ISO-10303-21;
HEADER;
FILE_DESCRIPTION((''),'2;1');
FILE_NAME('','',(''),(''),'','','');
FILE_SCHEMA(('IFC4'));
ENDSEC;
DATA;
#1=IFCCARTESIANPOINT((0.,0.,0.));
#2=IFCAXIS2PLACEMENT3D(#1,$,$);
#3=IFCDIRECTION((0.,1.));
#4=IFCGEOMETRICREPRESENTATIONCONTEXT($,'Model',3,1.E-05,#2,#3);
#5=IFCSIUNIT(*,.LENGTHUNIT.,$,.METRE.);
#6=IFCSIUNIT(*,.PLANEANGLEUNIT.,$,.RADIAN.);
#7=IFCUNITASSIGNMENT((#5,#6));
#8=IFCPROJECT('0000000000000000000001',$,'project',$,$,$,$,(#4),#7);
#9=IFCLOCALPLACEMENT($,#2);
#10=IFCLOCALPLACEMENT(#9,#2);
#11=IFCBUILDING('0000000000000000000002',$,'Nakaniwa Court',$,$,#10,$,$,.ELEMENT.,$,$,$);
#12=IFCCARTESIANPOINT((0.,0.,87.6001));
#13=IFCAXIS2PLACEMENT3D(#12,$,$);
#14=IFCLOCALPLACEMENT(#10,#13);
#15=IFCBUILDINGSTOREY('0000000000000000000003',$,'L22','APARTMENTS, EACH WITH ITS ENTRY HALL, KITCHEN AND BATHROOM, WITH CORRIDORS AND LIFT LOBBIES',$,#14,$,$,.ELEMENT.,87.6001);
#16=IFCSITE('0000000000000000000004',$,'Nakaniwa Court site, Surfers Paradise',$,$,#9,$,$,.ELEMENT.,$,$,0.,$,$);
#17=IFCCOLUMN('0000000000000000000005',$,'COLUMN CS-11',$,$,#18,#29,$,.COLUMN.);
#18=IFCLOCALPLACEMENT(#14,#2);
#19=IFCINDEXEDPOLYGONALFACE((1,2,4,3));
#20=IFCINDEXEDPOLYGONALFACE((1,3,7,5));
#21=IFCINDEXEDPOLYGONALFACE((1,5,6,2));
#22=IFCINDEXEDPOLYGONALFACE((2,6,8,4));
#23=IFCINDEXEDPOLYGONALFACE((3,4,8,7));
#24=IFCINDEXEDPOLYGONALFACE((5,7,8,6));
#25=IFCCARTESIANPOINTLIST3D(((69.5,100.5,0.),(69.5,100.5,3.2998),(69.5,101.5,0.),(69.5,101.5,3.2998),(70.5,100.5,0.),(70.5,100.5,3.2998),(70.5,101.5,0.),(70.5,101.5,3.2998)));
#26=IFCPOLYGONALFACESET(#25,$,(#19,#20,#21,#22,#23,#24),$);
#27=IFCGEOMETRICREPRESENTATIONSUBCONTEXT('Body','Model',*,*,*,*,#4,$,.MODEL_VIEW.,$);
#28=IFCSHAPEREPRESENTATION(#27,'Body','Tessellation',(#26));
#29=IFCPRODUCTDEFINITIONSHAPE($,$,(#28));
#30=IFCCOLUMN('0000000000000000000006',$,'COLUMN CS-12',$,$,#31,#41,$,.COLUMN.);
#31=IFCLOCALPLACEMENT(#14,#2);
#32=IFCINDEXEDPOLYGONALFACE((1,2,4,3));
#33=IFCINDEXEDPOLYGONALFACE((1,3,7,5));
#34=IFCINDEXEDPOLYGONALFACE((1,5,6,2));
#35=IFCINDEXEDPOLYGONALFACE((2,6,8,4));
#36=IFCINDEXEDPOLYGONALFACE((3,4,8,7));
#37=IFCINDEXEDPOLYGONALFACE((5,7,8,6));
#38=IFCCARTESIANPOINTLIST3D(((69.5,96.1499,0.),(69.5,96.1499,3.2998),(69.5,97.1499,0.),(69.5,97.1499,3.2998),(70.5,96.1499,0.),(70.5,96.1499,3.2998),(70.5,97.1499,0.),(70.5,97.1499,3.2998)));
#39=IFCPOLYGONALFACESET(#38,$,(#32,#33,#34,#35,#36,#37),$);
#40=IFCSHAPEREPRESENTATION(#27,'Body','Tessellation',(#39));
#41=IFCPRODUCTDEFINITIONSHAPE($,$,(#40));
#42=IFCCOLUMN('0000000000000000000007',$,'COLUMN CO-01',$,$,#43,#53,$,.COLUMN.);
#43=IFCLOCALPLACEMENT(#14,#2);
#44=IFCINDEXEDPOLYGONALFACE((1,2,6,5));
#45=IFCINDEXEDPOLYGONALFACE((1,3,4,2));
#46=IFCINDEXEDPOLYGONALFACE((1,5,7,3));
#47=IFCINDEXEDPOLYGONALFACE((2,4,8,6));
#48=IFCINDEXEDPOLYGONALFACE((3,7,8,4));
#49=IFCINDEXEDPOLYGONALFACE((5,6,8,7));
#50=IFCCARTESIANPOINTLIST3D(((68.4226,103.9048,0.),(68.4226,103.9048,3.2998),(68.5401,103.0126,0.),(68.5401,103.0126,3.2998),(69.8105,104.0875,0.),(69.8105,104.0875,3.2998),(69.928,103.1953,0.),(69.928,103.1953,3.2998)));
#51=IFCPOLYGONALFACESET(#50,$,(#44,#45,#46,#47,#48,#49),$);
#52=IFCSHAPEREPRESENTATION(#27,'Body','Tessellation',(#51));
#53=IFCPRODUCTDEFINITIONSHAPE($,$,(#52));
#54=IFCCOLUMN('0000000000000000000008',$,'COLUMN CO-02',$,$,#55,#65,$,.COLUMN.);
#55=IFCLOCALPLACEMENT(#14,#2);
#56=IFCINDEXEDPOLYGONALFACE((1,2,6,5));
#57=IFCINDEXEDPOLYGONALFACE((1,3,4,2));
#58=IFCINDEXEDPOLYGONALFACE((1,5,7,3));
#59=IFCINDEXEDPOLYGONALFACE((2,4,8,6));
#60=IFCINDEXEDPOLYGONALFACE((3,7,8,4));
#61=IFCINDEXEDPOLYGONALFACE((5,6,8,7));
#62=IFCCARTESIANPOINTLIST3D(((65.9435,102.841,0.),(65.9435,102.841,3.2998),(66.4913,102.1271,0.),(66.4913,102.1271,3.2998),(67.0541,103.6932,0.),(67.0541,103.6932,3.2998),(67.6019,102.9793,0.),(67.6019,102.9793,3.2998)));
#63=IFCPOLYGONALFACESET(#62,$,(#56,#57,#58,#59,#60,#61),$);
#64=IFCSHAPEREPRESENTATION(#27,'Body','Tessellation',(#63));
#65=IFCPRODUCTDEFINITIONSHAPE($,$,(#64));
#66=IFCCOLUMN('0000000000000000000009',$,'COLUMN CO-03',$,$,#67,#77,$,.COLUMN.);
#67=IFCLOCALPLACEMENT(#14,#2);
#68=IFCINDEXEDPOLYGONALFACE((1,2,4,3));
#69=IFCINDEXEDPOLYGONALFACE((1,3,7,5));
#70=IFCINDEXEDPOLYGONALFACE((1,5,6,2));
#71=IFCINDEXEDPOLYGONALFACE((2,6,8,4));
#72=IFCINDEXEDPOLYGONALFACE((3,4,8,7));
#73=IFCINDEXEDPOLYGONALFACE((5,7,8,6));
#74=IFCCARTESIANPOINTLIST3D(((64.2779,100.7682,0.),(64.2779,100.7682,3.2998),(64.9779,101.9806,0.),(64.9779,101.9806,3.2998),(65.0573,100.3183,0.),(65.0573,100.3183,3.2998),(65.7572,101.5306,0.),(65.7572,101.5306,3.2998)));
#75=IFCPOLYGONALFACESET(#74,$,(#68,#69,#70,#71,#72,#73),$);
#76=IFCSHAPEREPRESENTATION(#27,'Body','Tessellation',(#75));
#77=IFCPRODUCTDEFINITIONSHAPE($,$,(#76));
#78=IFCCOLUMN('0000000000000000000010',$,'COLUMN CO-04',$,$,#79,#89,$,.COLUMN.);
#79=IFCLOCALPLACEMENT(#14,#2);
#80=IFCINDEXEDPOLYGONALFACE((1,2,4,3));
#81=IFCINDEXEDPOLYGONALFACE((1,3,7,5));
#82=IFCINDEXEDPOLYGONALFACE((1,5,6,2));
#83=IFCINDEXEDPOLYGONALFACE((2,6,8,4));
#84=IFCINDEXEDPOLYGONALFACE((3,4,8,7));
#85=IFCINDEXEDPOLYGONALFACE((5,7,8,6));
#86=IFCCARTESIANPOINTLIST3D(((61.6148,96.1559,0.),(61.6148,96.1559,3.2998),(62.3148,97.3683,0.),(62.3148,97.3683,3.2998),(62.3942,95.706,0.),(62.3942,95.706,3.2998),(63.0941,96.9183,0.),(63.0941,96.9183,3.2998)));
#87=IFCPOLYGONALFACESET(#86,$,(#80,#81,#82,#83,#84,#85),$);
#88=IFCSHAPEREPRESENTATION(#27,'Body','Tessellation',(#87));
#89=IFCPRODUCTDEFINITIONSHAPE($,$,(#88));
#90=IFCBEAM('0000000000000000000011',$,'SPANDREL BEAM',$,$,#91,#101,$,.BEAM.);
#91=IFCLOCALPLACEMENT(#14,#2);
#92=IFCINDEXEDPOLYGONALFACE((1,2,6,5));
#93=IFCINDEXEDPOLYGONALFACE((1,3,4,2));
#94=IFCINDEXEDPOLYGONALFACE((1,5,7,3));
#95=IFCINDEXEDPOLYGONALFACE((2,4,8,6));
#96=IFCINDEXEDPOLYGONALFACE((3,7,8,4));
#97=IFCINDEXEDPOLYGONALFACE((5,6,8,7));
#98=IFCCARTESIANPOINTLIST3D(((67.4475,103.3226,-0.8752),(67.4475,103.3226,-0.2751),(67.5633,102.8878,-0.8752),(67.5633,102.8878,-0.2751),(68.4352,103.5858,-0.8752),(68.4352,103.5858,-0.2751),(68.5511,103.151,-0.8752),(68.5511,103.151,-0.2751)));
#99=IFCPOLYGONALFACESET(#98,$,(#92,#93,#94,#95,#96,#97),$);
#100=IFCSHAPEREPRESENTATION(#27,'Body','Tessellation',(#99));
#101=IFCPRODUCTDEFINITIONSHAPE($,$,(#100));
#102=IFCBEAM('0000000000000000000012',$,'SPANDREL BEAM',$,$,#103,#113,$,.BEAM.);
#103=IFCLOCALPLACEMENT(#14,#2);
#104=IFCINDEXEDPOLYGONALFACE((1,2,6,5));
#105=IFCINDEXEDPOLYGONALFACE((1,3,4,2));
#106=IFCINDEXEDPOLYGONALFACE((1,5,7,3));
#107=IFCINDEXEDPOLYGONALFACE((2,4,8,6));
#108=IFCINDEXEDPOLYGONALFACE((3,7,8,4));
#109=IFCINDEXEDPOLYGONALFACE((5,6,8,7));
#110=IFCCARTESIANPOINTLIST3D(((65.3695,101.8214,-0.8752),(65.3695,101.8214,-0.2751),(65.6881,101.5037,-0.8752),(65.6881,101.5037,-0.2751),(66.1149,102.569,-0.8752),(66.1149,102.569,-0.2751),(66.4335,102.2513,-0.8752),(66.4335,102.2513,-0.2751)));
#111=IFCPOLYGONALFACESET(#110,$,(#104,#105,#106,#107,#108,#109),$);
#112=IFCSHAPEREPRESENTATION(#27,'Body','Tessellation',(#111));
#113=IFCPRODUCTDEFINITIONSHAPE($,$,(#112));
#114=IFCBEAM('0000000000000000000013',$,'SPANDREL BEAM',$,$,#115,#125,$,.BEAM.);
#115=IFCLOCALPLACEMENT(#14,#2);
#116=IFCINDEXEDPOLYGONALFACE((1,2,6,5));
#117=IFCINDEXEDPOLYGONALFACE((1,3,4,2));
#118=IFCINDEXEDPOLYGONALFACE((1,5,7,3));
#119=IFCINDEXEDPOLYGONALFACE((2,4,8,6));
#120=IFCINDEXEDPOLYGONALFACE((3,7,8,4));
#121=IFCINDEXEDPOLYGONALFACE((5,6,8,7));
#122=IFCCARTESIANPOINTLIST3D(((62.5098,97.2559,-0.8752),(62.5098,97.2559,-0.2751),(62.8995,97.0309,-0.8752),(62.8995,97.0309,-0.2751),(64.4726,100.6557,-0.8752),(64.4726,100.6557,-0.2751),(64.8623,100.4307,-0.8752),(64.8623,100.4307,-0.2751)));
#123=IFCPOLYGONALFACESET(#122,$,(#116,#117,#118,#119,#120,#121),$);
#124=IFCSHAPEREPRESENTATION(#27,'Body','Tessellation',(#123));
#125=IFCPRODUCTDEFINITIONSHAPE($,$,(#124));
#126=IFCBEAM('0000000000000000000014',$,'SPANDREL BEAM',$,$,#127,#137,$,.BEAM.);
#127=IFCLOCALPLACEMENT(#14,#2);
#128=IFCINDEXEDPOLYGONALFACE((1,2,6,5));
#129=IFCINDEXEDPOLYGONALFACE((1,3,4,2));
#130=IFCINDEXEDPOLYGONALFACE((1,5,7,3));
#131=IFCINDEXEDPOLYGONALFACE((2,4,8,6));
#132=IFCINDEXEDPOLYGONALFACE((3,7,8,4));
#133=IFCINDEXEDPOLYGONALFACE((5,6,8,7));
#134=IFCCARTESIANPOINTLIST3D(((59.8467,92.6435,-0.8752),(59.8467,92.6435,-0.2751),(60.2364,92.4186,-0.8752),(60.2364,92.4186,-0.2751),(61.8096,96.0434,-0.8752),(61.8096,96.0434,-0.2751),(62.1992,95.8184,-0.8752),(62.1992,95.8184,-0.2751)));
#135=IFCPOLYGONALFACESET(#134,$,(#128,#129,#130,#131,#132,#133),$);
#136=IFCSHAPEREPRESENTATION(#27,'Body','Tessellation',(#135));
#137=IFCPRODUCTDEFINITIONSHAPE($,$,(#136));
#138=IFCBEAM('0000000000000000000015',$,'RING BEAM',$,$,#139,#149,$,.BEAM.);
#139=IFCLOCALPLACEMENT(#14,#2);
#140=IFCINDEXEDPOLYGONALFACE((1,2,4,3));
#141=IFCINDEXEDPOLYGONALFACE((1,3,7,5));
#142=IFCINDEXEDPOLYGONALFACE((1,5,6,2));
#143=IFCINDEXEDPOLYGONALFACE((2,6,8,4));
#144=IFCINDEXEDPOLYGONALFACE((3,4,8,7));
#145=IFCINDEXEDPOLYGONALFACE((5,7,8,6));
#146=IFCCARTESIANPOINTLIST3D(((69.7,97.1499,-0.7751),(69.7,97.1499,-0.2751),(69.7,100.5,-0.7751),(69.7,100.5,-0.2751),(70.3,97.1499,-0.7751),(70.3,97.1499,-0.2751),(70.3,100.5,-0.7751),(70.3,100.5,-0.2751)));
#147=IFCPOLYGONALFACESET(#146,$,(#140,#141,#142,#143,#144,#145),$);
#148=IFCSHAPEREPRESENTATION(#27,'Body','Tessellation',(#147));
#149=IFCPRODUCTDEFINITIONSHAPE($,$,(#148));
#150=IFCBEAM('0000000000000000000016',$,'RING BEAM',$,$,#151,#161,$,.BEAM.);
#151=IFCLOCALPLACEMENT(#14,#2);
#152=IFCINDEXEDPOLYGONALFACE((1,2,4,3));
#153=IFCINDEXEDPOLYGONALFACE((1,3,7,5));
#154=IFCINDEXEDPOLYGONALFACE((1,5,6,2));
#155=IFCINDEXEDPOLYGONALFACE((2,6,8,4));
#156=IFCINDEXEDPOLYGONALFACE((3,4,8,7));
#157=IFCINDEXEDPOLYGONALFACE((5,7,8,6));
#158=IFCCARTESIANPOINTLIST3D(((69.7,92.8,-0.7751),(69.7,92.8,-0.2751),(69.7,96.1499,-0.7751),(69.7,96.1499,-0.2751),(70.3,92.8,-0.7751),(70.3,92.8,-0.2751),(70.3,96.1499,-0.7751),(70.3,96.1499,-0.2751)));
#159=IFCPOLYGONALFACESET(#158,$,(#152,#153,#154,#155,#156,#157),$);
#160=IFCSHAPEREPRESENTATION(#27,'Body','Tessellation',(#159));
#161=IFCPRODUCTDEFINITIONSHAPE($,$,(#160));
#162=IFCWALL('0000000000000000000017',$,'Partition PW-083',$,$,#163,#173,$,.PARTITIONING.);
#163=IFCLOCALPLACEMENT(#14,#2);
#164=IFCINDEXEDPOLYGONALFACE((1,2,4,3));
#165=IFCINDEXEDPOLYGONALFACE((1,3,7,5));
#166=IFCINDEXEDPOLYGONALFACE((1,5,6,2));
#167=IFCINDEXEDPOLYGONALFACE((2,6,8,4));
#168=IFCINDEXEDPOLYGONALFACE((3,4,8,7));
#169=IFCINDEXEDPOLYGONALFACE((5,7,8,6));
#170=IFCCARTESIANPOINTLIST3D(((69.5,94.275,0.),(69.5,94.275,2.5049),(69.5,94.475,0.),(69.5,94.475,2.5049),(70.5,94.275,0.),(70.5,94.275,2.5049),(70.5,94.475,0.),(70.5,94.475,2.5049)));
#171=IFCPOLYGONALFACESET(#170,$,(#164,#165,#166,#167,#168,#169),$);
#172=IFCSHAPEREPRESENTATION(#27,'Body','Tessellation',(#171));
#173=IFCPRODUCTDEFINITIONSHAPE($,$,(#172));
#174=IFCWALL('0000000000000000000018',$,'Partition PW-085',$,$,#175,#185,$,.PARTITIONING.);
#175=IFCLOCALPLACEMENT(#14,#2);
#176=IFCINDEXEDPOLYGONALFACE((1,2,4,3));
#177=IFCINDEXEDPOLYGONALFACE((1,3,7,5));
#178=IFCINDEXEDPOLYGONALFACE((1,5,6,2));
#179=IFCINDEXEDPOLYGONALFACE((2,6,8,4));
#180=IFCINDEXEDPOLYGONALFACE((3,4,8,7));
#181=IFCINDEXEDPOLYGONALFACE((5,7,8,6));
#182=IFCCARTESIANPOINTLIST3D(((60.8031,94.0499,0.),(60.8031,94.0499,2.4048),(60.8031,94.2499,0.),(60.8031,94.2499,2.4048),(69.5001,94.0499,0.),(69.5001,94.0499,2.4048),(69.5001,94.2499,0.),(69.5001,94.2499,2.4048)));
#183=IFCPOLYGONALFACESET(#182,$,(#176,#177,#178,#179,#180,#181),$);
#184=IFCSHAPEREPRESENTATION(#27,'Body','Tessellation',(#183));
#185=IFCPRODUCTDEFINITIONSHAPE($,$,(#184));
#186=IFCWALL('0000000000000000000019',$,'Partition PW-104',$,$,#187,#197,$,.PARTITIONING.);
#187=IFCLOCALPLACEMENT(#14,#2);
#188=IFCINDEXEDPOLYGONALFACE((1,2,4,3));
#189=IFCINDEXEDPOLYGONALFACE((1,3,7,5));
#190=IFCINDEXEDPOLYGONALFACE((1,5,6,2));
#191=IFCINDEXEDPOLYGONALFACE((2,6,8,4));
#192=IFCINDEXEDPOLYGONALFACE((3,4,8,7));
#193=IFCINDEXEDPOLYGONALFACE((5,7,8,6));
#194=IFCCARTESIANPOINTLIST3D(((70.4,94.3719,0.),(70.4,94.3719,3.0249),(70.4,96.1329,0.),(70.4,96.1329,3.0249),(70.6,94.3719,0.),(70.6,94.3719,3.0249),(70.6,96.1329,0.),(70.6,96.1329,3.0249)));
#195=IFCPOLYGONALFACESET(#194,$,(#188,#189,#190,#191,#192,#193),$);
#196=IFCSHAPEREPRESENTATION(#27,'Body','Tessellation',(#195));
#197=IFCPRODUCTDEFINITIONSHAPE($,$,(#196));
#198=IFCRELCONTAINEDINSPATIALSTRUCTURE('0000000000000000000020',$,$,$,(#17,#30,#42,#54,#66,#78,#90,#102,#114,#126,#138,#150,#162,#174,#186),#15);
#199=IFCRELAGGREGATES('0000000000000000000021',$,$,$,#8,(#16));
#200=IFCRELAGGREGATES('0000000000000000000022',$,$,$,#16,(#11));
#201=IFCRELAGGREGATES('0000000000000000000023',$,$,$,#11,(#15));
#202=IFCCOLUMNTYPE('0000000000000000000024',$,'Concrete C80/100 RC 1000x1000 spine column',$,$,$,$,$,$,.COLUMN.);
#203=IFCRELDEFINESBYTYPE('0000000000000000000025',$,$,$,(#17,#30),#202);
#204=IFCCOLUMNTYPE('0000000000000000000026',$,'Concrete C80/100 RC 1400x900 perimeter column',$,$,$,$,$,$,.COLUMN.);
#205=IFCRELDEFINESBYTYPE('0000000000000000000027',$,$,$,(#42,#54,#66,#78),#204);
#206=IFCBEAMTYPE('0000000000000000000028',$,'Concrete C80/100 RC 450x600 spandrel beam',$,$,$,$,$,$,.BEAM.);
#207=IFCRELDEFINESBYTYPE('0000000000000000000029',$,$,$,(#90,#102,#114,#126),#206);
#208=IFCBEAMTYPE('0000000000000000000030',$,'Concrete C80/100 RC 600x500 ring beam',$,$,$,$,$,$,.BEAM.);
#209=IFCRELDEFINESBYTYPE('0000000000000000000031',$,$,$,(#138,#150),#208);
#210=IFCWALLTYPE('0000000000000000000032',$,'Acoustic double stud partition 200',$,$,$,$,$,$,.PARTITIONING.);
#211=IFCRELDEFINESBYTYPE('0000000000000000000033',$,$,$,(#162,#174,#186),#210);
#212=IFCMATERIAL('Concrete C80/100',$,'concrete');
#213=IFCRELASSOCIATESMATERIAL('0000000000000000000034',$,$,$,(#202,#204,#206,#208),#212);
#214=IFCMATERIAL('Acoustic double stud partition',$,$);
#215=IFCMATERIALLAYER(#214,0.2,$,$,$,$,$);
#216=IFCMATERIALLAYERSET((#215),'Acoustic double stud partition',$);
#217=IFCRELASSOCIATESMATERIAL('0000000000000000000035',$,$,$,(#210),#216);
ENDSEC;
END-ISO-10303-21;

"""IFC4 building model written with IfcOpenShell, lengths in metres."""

from ifc_helpers import new_model, si_unit, direction, frame, frame_2d, origin, origin_2d, place, context, subcontext, project, spatial, rectangle, extrude, material, layer, layer_set, material_profile, profile_set, type_object, element, save


model = new_model("IFC4")

# Units and contexts
model_context = context("Model", 3, precision=1e-05, world=origin(), true_north=direction((0.0, 1.0)))
body_context = subcontext(model_context, "Body", "Model", "MODEL_VIEW")
ifc_project = project(units=[si_unit("LENGTHUNIT", "METRE"), si_unit("PLANEANGLEUNIT", "RADIAN")], contexts=[model_context])

# Site, building, storey
site_placement = place(None, origin())
site = spatial("IfcSite", under=ifc_project, at=site_placement, Name="Nakaniwa Court site, Surfers Paradise", CompositionType="ELEMENT", RefElevation=0.0)
building_placement = place(site_placement, origin())
building = spatial("IfcBuilding", under=site, at=building_placement, Name="Nakaniwa Court", CompositionType="ELEMENT")
storey_placement = place(building_placement, frame((0.0, 0.0, 87.6001)))
storey = spatial("IfcBuildingStorey", under=building, at=storey_placement, Name="L22", Description="APARTMENTS, EACH WITH ITS ENTRY HALL, KITCHEN AND BATHROOM, WITH CORRIDORS AND LIFT LOBBIES", CompositionType="ELEMENT", Elevation=87.6001)

# Columns
ifc_material_1 = material(Name="Concrete C80/100", Category="concrete")
ifc_material_profile_1 = material_profile(ifc_material_1, rectangle(XDim=1.0, YDim=1.0, at=origin_2d()), Name="Concrete C80/100 RC 1000x1000 spine column")
ifc_profile_set_1 = profile_set([ifc_material_profile_1], Name="Concrete C80/100")
column_type_1 = type_object("IfcColumnType", Name="Concrete C80/100 RC 1000x1000 spine column", PredefinedType="COLUMN", material=ifc_profile_set_1)
for number, where, z_axis, x_axis, name in (
    (1, (70.0, 101.0, 0.0), (0.0, 0.0, 1.0), (0.0, -1.0, 0.0), "COLUMN CS-11"),
    (2, (70.0, 96.6499, 0.0), (0.0, 0.0, 1.0), (0.0, -1.0, 0.0), "COLUMN CS-12"),
):
    element("IfcColumn", number, at=place(storey_placement, frame(where, z_axis=z_axis, x_axis=x_axis)), inside=storey, type_object=column_type_1, Name=name, PredefinedType="COLUMN", context=body_context, shape_type="SweptSolid", body=[
        extrude(rectangle(XDim=1.0, YDim=1.0, at=origin_2d()), origin(), (0.0, 0.0, 1.0), 3.2998),
    ])
ifc_material_profile_2 = material_profile(ifc_material_1, rectangle(XDim=1.3999, YDim=0.8999, at=origin_2d()), Name="Concrete C80/100 RC 1400x900 perimeter column")
ifc_profile_set_2 = profile_set([ifc_material_profile_2], Name="Concrete C80/100")
column_type_2 = type_object("IfcColumnType", Name="Concrete C80/100 RC 1400x900 perimeter column", PredefinedType="COLUMN", material=ifc_profile_set_2)
for number, where, z_axis, x_axis, name in (
    (3, (69.1753, 103.55, 0.0), (0.0, 0.0, 1.0), (-0.991443, -0.130543, 0.0), "COLUMN CO-01"),
    (4, (66.7727, 102.9102, 0.0), (0.0, 0.0, 1.0), (-0.793364, -0.608748, 0.0), "COLUMN CO-02"),
    (5, (65.0176, 101.1494, 0.0), (0.0, 0.0, 1.0), (-0.5, -0.866025, 0.0), "COLUMN CO-03"),
    (6, (62.3545, 96.5371, 0.0), (0.0, 0.0, 1.0), (-0.5, -0.866025, 0.0), "COLUMN CO-04"),
):
    element("IfcColumn", number, at=place(storey_placement, frame(where, z_axis=z_axis, x_axis=x_axis)), inside=storey, type_object=column_type_2, Name=name, PredefinedType="COLUMN", context=body_context, shape_type="SweptSolid", body=[
        extrude(rectangle(XDim=1.3999, YDim=0.8999, at=origin_2d()), origin(), (0.0, 0.0, 1.0), 3.2998),
    ])

# Beams
ifc_material_profile_3 = material_profile(ifc_material_1, rectangle(XDim=0.45, YDim=0.6001, at=origin_2d()), Name="Concrete C80/100 RC 450x600 spandrel beam")
ifc_profile_set_3 = profile_set([ifc_material_profile_3], Name="Concrete C80/100")
beam_type_1 = type_object("IfcBeamType", Name="Concrete C80/100 RC 450x600 spandrel beam", PredefinedType="BEAM", material=ifc_profile_set_3)
beam_1_placement = place(storey_placement, frame((68.4932, 103.3684, -0.5752), z_axis=(-0.96629, -0.257455, 0.0), x_axis=(0.257455, -0.96629, 0.0)))
element("IfcBeam", 7, at=beam_1_placement, inside=storey, type_object=beam_type_1, Name="SPANDREL BEAM", PredefinedType="BEAM", context=body_context, shape_type="SweptSolid", body=[
    extrude(rectangle(XDim=0.45, YDim=0.6001, at=origin_2d()), origin(), (0.0, 0.0, 1.0), 1.0222),
])
beam_2_placement = place(storey_placement, frame((66.2742, 102.4102, -0.5752), z_axis=(-0.706065, -0.708147, 0.0), x_axis=(0.708147, -0.706065, 0.0)))
element("IfcBeam", 8, at=beam_2_placement, inside=storey, type_object=beam_type_1, Name="SPANDREL BEAM", PredefinedType="BEAM", context=body_context, shape_type="SweptSolid", body=[
    extrude(rectangle(XDim=0.45, YDim=0.6001, at=origin_2d()), origin(), (0.0, 0.0, 1.0), 1.0557),
])
for number, where, z_axis, x_axis, name in (
    (9, (64.6675, 100.5432, -0.5752), (-0.499992, -0.86603, 0.0), (0.86603, -0.499992, 0.0), "SPANDREL BEAM"),
    (10, (62.0044, 95.9309, -0.5752), (-0.499992, -0.86603, 0.0), (0.86603, -0.499992, 0.0), "SPANDREL BEAM"),
):
    element("IfcBeam", number, at=place(storey_placement, frame(where, z_axis=z_axis, x_axis=x_axis)), inside=storey, type_object=beam_type_1, Name=name, PredefinedType="BEAM", context=body_context, shape_type="SweptSolid", body=[
        extrude(rectangle(XDim=0.45, YDim=0.6001, at=origin_2d()), origin(), (0.0, 0.0, 1.0), 3.9258),
    ])
ifc_material_profile_4 = material_profile(ifc_material_1, rectangle(XDim=0.6001, YDim=0.5, at=origin_2d()), Name="Concrete C80/100 RC 600x500 ring beam")
ifc_profile_set_4 = profile_set([ifc_material_profile_4], Name="Concrete C80/100")
beam_type_2 = type_object("IfcBeamType", Name="Concrete C80/100 RC 600x500 ring beam", PredefinedType="BEAM", material=ifc_profile_set_4)
beam_3_placement = place(storey_placement, frame((70.0, 100.5, -0.5251), z_axis=(0.0, -1.0, 0.0), x_axis=(1.0, 0.0, 0.0)))
element("IfcBeam", 11, at=beam_3_placement, inside=storey, type_object=beam_type_2, Name="RING BEAM", PredefinedType="BEAM", context=body_context, shape_type="SweptSolid", body=[
    extrude(rectangle(XDim=0.6001, YDim=0.5, at=origin_2d()), origin(), (0.0, 0.0, 1.0), 3.3501),
])
beam_4_placement = place(storey_placement, frame((70.0, 96.1499, -0.5251), z_axis=(0.0, -1.0, 0.0), x_axis=(1.0, 0.0, 0.0)))
element("IfcBeam", 12, at=beam_4_placement, inside=storey, type_object=beam_type_2, Name="RING BEAM", PredefinedType="BEAM", context=body_context, shape_type="SweptSolid", body=[
    extrude(rectangle(XDim=0.6001, YDim=0.5, at=origin_2d()), origin(), (0.0, 0.0, 1.0), 3.3499),
])

# Walls
ifc_material_2 = material(Name="Acoustic double stud partition")
ifc_layer_1 = layer(ifc_material_2, 0.2)
ifc_layer_set_1 = layer_set([ifc_layer_1], Name="Acoustic double stud partition")
wall_type_1 = type_object("IfcWallType", Name="Acoustic double stud partition 200", PredefinedType="PARTITIONING", material=ifc_layer_set_1)
wall_1_placement = place(storey_placement, frame((69.5, 94.375, 0.0), z_axis=(0.0, 0.0, 1.0), x_axis=(1.0, 0.0, 0.0)))
element("IfcWall", 13, at=wall_1_placement, inside=storey, type_object=wall_type_1, Name="Partition PW-083", PredefinedType="PARTITIONING", context=body_context, shape_type="SweptSolid", body=[
    extrude(rectangle(XDim=1.0, YDim=0.2, at=frame_2d((0.5, 0.0))), origin(), (0.0, 0.0, 1.0), 2.5049),
])
wall_2_placement = place(storey_placement, frame((60.803, 94.1499, 0.0), z_axis=(0.0, 0.0, 1.0), x_axis=(1.0, 0.0, 0.0)))
element("IfcWall", 14, at=wall_2_placement, inside=storey, type_object=wall_type_1, Name="Partition PW-085", PredefinedType="PARTITIONING", context=body_context, shape_type="SweptSolid", body=[
    extrude(rectangle(XDim=8.697, YDim=0.2, at=frame_2d((4.3486, 0.0))), origin(), (0.0, 0.0, 1.0), 2.4048),
])
wall_3_placement = place(storey_placement, frame((70.5, 94.3721, 0.0), z_axis=(0.0, 0.0, 1.0), x_axis=(0.0, 1.0, 0.0)))
element("IfcWall", 15, at=wall_3_placement, inside=storey, type_object=wall_type_1, Name="Partition PW-104", PredefinedType="PARTITIONING", context=body_context, shape_type="SweptSolid", body=[
    extrude(rectangle(XDim=1.761, YDim=0.2, at=frame_2d((0.8804, 0.0))), origin(), (0.0, 0.0, 1.0), 3.0249),
])

save(model, "model.ifc")
